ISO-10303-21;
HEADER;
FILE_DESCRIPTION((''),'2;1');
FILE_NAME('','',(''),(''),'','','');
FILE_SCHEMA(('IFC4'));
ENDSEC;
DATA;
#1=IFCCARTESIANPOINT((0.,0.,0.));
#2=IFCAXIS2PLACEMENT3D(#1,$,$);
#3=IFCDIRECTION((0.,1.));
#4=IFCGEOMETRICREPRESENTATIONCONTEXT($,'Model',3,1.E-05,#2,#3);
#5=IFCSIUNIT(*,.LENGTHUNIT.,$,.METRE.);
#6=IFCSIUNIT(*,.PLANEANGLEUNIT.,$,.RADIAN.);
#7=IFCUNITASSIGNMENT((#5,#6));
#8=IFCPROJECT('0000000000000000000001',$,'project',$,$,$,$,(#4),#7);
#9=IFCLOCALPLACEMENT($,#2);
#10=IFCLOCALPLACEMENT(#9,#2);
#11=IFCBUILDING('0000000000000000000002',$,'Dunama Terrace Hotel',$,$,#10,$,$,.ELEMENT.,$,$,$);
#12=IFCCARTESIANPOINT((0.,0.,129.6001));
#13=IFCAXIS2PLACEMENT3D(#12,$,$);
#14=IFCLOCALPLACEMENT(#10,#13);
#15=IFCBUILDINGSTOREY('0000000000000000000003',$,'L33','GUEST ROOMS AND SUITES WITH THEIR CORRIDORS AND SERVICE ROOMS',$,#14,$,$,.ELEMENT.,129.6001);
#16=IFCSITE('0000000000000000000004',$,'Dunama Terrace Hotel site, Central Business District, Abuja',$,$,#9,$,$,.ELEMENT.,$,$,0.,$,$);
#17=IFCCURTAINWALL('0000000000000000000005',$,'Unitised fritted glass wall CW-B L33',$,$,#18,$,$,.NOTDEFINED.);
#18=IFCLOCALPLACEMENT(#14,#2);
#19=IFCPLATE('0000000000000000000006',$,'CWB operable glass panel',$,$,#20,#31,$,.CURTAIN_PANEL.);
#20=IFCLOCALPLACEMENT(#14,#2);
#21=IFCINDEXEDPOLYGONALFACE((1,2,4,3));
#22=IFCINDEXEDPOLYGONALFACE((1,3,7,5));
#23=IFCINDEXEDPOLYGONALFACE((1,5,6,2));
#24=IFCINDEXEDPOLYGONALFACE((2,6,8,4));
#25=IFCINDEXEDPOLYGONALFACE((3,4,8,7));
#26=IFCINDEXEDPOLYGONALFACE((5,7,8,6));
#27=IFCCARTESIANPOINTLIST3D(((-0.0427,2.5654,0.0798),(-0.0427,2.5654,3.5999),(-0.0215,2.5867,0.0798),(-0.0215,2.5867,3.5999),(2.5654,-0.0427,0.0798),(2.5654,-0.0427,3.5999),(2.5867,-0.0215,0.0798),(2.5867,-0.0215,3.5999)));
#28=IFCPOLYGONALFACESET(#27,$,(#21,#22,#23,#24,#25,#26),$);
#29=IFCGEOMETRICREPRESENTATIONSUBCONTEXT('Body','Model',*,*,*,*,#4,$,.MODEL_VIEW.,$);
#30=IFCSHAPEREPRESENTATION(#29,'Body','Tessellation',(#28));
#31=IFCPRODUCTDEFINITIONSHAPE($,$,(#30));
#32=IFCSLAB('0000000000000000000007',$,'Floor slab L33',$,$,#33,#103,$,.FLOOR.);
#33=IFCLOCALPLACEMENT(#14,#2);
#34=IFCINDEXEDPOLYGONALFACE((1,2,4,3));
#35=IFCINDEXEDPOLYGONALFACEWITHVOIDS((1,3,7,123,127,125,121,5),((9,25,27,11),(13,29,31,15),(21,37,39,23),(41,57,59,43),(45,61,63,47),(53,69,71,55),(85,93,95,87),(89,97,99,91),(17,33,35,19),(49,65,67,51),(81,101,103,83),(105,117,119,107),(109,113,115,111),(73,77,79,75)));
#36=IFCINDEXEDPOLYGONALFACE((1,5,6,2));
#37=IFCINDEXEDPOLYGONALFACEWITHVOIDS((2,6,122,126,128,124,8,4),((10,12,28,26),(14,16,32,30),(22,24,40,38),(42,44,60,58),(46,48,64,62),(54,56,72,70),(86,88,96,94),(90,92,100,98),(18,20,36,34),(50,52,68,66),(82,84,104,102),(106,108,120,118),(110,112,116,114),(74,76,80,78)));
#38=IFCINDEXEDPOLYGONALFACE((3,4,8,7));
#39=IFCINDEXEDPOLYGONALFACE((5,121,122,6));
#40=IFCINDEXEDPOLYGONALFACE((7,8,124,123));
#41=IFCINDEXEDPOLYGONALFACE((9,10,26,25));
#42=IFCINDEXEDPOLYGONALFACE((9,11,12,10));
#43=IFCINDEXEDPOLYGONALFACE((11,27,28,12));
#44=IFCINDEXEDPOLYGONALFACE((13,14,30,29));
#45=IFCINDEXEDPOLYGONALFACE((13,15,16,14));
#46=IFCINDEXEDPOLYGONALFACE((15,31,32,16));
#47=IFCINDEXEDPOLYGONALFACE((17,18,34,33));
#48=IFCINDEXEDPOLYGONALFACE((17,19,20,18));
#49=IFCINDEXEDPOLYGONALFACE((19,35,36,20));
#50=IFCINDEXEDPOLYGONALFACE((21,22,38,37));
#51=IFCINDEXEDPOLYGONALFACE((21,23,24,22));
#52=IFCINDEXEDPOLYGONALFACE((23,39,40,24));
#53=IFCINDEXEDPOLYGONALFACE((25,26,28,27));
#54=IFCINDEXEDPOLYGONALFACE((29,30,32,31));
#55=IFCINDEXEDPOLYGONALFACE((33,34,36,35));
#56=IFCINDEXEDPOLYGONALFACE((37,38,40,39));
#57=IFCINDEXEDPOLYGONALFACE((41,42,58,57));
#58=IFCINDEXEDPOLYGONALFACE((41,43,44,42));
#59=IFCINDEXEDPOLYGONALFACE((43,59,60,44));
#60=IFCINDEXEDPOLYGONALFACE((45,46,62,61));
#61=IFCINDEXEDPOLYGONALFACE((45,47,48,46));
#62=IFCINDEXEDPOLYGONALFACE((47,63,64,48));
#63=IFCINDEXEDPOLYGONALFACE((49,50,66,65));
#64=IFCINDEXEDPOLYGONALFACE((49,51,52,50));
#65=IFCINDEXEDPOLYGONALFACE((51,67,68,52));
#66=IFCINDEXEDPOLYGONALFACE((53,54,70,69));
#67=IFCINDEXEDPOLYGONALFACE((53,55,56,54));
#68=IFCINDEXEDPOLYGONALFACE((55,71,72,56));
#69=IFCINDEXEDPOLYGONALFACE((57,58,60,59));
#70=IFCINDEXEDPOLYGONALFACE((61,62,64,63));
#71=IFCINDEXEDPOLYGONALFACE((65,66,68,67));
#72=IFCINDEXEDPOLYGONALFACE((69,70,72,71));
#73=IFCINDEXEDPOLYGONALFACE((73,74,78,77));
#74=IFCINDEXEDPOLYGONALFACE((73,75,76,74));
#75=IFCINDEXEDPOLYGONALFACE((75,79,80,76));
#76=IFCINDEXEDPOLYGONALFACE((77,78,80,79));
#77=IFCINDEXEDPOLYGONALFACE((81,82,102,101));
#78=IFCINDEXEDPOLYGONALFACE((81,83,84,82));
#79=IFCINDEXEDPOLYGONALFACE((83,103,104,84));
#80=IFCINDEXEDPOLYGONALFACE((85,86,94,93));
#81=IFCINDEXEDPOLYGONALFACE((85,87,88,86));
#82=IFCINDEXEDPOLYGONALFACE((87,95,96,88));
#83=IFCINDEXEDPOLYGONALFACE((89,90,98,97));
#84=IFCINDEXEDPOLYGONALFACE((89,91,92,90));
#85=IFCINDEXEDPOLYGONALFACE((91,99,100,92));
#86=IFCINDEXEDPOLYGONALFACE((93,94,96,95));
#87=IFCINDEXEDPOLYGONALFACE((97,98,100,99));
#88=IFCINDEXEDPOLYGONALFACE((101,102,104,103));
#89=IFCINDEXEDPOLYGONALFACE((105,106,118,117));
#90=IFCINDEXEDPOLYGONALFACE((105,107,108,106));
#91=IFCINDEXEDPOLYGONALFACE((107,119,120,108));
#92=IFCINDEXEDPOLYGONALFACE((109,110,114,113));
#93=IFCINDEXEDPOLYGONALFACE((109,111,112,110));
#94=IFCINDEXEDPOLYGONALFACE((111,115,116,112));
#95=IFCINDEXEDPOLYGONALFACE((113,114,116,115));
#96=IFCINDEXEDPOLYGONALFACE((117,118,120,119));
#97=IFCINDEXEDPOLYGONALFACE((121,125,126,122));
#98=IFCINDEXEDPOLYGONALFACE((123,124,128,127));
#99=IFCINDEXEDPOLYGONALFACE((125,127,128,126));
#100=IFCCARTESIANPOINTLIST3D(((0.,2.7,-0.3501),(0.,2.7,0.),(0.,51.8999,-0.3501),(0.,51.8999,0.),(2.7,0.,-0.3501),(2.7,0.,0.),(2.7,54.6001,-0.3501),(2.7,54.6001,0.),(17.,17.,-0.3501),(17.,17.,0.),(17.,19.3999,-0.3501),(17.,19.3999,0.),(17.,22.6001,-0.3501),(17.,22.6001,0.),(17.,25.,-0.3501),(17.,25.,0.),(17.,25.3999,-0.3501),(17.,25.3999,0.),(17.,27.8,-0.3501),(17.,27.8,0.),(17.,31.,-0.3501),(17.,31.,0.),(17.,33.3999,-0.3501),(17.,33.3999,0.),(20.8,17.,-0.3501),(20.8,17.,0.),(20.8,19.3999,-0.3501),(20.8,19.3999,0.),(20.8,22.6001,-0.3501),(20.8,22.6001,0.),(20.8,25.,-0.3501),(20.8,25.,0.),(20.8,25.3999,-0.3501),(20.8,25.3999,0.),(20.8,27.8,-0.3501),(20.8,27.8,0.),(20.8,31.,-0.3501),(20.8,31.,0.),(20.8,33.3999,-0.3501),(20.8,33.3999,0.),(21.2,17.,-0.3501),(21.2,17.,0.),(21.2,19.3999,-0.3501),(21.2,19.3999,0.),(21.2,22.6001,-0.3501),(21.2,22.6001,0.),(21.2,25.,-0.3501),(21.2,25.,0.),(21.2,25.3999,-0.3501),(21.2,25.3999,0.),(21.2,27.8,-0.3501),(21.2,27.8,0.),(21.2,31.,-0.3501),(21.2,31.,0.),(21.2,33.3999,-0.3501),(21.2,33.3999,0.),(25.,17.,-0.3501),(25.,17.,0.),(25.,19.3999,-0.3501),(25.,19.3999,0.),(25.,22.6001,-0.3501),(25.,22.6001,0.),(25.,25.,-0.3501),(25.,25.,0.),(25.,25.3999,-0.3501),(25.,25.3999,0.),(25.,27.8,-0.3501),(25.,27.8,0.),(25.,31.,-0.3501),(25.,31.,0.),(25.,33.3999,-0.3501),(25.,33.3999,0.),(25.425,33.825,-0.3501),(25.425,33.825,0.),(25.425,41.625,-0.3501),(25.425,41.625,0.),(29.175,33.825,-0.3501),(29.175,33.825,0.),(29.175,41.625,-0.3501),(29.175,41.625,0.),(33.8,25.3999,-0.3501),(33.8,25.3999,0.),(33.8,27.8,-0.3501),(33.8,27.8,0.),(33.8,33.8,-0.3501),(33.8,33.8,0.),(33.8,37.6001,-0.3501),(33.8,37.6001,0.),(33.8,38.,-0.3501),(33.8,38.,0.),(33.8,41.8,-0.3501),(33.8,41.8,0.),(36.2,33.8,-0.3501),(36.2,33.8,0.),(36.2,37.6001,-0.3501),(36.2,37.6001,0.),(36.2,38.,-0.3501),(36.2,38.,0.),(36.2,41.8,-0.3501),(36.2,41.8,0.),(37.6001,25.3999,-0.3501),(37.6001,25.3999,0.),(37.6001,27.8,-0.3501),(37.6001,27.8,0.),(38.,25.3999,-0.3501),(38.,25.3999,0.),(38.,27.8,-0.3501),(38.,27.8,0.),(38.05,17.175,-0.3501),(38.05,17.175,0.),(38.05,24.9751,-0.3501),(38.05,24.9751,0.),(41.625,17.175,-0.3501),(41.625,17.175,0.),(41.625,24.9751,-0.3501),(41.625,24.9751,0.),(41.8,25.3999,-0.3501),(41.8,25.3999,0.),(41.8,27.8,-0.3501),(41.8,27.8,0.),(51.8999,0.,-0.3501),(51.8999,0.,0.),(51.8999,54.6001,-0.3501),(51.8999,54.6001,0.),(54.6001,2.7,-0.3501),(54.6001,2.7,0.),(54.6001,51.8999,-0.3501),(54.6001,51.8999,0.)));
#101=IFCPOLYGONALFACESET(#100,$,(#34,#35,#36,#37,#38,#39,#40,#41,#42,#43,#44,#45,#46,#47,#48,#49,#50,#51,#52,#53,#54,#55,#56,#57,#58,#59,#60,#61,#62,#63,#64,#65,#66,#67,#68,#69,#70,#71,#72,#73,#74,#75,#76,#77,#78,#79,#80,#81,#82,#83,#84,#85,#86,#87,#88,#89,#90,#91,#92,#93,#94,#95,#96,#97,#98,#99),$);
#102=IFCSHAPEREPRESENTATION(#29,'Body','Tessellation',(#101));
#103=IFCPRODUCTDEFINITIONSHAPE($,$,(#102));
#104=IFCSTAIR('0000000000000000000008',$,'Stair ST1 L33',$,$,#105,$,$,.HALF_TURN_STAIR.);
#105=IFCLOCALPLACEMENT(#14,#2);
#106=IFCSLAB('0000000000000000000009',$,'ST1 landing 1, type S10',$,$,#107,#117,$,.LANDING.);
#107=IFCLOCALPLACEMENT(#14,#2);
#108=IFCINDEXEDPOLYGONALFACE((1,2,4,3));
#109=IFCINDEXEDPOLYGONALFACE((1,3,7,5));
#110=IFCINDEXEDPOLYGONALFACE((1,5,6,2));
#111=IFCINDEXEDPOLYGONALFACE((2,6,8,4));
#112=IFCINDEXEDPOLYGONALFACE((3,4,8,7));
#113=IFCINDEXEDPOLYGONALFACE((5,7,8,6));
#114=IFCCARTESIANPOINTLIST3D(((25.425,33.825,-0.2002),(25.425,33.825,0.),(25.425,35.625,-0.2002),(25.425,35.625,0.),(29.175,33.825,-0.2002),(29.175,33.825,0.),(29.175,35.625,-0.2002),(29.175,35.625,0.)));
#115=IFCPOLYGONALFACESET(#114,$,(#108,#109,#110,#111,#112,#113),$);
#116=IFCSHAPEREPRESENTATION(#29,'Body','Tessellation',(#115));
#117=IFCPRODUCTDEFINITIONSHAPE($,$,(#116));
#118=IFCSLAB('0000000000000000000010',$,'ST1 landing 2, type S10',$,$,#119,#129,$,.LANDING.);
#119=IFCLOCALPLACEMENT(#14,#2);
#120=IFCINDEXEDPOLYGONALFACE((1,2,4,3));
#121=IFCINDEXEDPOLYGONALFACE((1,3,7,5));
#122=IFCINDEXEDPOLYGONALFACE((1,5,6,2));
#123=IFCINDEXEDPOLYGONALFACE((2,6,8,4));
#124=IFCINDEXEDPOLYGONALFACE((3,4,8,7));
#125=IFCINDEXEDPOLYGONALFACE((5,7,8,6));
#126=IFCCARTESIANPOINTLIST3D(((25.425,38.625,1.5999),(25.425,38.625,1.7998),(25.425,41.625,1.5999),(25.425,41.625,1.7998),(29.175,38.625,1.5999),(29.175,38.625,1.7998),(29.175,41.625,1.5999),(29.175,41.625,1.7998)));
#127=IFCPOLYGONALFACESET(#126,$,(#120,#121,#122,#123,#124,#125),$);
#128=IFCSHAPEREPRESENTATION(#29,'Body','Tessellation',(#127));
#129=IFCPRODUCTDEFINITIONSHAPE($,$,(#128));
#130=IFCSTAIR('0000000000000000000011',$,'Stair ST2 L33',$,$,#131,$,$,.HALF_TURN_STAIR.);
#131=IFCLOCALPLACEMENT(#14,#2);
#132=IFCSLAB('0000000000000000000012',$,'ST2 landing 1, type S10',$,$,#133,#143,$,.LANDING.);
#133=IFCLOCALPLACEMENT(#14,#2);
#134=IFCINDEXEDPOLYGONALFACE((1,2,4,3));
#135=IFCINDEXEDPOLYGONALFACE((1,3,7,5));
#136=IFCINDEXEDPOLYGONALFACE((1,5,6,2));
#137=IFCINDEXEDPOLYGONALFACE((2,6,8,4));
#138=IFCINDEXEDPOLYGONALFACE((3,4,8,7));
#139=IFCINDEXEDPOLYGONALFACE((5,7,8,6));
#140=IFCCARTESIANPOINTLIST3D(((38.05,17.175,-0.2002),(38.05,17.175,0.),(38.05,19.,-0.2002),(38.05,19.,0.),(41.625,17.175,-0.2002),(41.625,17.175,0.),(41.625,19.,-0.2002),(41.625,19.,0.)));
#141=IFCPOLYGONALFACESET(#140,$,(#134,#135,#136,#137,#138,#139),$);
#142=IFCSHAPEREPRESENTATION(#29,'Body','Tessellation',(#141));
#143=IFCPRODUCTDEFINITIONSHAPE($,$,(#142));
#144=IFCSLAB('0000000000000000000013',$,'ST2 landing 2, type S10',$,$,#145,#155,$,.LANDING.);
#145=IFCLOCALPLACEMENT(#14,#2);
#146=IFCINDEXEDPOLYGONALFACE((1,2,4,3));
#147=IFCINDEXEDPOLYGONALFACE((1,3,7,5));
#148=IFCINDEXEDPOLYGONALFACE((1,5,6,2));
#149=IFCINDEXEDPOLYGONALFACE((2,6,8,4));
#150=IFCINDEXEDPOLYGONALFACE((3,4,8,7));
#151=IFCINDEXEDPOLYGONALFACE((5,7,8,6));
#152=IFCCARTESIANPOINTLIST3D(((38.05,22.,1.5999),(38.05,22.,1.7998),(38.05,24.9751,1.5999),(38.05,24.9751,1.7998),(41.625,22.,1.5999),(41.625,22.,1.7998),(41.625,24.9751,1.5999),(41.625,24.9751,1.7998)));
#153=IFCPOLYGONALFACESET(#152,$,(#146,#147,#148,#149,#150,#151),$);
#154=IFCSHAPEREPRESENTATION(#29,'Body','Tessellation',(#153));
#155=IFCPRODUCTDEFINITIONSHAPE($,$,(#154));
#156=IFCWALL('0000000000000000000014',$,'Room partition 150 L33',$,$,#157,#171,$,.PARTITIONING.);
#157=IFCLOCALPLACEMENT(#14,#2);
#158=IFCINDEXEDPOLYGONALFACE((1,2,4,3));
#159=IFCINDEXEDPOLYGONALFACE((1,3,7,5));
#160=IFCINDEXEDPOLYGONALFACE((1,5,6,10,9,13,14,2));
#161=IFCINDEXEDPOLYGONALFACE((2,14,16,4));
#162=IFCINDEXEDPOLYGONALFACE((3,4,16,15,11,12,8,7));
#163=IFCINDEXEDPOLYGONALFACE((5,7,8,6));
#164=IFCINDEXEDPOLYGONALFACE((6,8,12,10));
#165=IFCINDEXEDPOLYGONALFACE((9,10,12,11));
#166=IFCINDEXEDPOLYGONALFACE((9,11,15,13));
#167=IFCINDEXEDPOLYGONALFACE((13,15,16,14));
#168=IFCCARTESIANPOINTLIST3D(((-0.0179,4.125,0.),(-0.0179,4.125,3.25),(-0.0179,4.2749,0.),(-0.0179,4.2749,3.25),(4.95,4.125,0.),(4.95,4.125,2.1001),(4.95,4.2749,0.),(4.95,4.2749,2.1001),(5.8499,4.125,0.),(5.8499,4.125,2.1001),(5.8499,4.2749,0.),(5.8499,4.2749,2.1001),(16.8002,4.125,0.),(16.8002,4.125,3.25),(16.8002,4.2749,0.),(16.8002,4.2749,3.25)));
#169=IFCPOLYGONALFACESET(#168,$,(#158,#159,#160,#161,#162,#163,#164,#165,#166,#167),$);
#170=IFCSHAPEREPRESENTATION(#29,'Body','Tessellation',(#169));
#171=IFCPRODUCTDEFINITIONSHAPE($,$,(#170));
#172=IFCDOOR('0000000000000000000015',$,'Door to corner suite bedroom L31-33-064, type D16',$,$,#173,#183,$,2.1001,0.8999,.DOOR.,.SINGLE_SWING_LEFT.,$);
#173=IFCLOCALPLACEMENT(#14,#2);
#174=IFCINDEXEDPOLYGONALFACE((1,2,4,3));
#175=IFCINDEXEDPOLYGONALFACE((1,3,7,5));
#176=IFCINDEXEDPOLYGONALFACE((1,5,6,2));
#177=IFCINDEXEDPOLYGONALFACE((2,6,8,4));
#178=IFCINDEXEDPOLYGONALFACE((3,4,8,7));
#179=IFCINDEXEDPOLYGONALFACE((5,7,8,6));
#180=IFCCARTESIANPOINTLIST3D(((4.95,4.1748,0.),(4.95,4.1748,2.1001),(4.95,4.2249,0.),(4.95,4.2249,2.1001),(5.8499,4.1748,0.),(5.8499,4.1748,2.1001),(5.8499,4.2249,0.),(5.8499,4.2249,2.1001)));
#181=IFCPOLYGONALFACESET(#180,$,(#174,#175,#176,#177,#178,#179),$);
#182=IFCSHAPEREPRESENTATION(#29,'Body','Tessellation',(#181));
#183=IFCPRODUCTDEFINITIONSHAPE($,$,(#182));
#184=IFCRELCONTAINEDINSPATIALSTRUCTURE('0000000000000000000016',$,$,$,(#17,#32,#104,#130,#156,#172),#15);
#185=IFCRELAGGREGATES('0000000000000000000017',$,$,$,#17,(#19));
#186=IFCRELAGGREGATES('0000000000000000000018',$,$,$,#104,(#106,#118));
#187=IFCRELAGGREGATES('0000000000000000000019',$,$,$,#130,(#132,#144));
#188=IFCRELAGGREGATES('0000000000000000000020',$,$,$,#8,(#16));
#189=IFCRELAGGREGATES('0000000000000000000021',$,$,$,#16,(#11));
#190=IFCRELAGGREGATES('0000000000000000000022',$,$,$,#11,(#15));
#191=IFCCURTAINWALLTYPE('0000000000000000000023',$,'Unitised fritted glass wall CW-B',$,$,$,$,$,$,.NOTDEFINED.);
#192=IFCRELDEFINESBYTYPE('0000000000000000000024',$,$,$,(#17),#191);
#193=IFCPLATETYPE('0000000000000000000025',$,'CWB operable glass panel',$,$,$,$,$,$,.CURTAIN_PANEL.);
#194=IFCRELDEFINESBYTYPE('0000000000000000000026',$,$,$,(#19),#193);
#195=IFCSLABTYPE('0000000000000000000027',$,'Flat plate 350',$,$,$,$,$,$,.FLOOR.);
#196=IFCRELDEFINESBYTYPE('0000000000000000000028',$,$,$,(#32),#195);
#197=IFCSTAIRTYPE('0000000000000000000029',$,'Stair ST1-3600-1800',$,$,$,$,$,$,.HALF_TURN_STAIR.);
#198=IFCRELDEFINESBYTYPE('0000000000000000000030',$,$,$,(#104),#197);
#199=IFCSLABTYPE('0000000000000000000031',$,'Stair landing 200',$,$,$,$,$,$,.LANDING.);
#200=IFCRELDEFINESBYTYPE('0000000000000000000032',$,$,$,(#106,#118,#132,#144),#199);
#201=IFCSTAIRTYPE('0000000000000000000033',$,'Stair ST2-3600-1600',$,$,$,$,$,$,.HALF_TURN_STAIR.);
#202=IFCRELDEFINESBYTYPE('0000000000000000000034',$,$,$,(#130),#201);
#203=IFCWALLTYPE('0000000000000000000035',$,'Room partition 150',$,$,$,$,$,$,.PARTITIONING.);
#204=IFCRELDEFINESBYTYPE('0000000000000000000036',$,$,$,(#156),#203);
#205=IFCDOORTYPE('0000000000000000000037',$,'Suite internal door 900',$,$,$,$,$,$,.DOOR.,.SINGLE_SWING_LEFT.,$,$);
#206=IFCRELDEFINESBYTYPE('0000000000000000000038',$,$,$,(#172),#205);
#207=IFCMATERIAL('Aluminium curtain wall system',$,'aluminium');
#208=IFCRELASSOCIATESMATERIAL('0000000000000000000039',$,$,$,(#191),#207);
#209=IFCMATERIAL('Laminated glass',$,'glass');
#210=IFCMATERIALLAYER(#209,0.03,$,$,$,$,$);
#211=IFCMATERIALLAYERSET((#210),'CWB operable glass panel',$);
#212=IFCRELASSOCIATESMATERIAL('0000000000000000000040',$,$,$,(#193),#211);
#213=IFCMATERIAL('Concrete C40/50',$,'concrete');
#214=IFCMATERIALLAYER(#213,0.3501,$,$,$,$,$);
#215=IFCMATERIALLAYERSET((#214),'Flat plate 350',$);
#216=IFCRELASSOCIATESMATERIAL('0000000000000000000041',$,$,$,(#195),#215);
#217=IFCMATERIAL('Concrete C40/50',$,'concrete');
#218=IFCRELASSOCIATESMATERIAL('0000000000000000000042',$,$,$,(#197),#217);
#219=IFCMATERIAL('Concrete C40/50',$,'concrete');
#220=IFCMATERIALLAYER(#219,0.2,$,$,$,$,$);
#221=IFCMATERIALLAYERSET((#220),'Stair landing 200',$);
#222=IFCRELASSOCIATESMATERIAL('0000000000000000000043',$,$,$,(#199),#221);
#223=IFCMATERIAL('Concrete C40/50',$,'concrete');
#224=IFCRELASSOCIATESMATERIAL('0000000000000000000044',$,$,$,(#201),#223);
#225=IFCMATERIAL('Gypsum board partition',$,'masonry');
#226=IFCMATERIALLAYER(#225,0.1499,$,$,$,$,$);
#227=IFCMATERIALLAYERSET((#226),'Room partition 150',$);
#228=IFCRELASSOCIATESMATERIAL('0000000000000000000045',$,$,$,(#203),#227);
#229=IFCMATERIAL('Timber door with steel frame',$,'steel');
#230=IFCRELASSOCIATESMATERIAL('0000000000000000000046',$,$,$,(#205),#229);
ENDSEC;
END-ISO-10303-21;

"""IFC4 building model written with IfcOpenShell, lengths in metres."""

from ifc_helpers import new_model, si_unit, direction, frame, frame_2d, origin, origin_2d, place, context, subcontext, project, spatial, polyline, rectangle, outline, extrude, material, layer, layer_set, type_object, element, fill, aggregate, save


model = new_model("IFC4")

# Units and contexts
model_context = context("Model", 3, precision=1e-05, world=origin(), true_north=direction((0.0, 1.0)))
body_context = subcontext(model_context, "Body", "Model", "MODEL_VIEW")
ifc_project = project(units=[si_unit("LENGTHUNIT", "METRE"), si_unit("PLANEANGLEUNIT", "RADIAN")], contexts=[model_context])

# Site, building, storey
site_placement = place(None, origin())
site = spatial("IfcSite", under=ifc_project, at=site_placement, Name="Dunama Terrace Hotel site, Central Business District, Abuja", CompositionType="ELEMENT", RefElevation=0.0)
building_placement = place(site_placement, origin())
building = spatial("IfcBuilding", under=site, at=building_placement, Name="Dunama Terrace Hotel", CompositionType="ELEMENT")
storey_placement = place(building_placement, frame((0.0, 0.0, 129.6001)))
storey = spatial("IfcBuildingStorey", under=building, at=storey_placement, Name="L33", Description="GUEST ROOMS AND SUITES WITH THEIR CORRIDORS AND SERVICE ROOMS", CompositionType="ELEMENT", Elevation=129.6001)

# Curtain wall
ifc_material_1 = material(Name="Aluminium curtain wall system", Category="aluminium")
curtain_wall_type = type_object("IfcCurtainWallType", Name="Unitised fritted glass wall CW-B", PredefinedType="NOTDEFINED", material=ifc_material_1)
curtain_wall_1_placement = place(storey_placement, origin())
curtain_wall_1 = element("IfcCurtainWall", 1, at=curtain_wall_1_placement, inside=storey, type_object=curtain_wall_type, Name="Unitised fritted glass wall CW-B L33", PredefinedType="NOTDEFINED")

# Plate
ifc_material_2 = material(Name="Laminated glass", Category="glass")
ifc_layer_1 = layer(ifc_material_2, 0.03)
ifc_layer_set_1 = layer_set([ifc_layer_1], Name="CWB operable glass panel")
plate_type_1 = type_object("IfcPlateType", Name="CWB operable glass panel", PredefinedType="CURTAIN_PANEL", material=ifc_layer_set_1)
plate_1_placement = place(storey_placement, frame((1.272, 1.272, 0.0798), z_axis=(0.0, 0.0, 1.0), x_axis=(0.707107, -0.707107, 0.0)))
plate_1 = element("IfcPlate", 2, at=plate_1_placement, type_object=plate_type_1, Name="CWB operable glass panel", PredefinedType="CURTAIN_PANEL", context=body_context, shape_type="SweptSolid", body=[
    extrude(rectangle(XDim=3.6885, YDim=0.03, at=origin_2d()), origin(), (0.0, 0.0, 1.0), 3.52),
])
aggregate(curtain_wall_1, [plate_1])

# Slab
ifc_material_3 = material(Name="Concrete C40/50", Category="concrete")
ifc_layer_2 = layer(ifc_material_3, 0.3501)
ifc_layer_set_2 = layer_set([ifc_layer_2], Name="Flat plate 350")
slab_type_1 = type_object("IfcSlabType", Name="Flat plate 350", PredefinedType="FLOOR", material=ifc_layer_set_2)
slab_1_placement = place(storey_placement, frame((0.0, 0.0, -0.3501)))
element("IfcSlab", 3, at=slab_1_placement, inside=storey, type_object=slab_type_1, Name="Floor slab L33", PredefinedType="FLOOR", context=body_context, shape_type="SweptSolid", body=[
    extrude(outline(polyline([(2.7, 0.0), (51.8999, 0.0), (54.6001, 2.7), (54.6001, 51.8999), (51.8999, 54.6001), (2.7, 54.6001), (0.0, 51.8999), (0.0, 2.7), (2.7, 0.0)]), holes=[polyline([(37.6001, 25.3999), (37.6001, 27.8), (33.8, 27.8), (33.8, 25.3999), (37.6001, 25.3999)]), polyline([(41.8, 25.3999), (41.8, 27.8), (38.0, 27.8), (38.0, 25.3999), (41.8, 25.3999)]), polyline([(20.8, 17.0), (20.8, 19.3999), (17.0, 19.3999), (17.0, 17.0), (20.8, 17.0)]), polyline([(25.0, 17.0), (25.0, 19.3999), (21.2, 19.3999), (21.2, 17.0), (25.0, 17.0)]), polyline([(20.8, 22.6001), (20.8, 25.0), (17.0, 25.0), (17.0, 22.6001), (20.8, 22.6001)]), polyline([(25.0, 22.6001), (25.0, 25.0), (21.2, 25.0), (21.2, 22.6001), (25.0, 22.6001)]), polyline([(20.8, 25.3999), (20.8, 27.8), (17.0, 27.8), (17.0, 25.3999), (20.8, 25.3999)]), polyline([(25.0, 25.3999), (25.0, 27.8), (21.2, 27.8), (21.2, 25.3999), (25.0, 25.3999)]), polyline([(20.8, 31.0), (20.8, 33.3999), (17.0, 33.3999), (17.0, 31.0), (20.8, 31.0)]), polyline([(25.0, 31.0), (25.0, 33.3999), (21.2, 33.3999), (21.2, 31.0), (25.0, 31.0)]), polyline([(36.2, 38.0), (36.2, 41.8), (33.8, 41.8), (33.8, 38.0), (36.2, 38.0)]), polyline([(36.2, 33.8), (36.2, 37.6001), (33.8, 37.6001), (33.8, 33.8), (36.2, 33.8)]), polyline([(29.175, 33.825), (29.175, 41.625), (25.425, 41.625), (25.425, 33.825), (29.175, 33.825)]), polyline([(41.625, 17.175), (41.625, 24.9751), (38.05, 24.9751), (38.05, 17.175), (41.625, 17.175)])]), origin(), (0.0, 0.0, 1.0), 0.3501),
])

# Stairs, slabs
ifc_material_4 = material(Name="Concrete C40/50", Category="concrete")
stair_type_1 = type_object("IfcStairType", Name="Stair ST1-3600-1800", PredefinedType="HALF_TURN_STAIR", material=ifc_material_4)
stair_1_placement = place(storey_placement, origin())
stair_1 = element("IfcStair", 4, at=stair_1_placement, inside=storey, type_object=stair_type_1, Name="Stair ST1 L33", PredefinedType="HALF_TURN_STAIR")
ifc_material_5 = material(Name="Concrete C40/50", Category="concrete")
ifc_layer_3 = layer(ifc_material_5, 0.2)
ifc_layer_set_3 = layer_set([ifc_layer_3], Name="Stair landing 200")
slab_type_2 = type_object("IfcSlabType", Name="Stair landing 200", PredefinedType="LANDING", material=ifc_layer_set_3)
slab_2_placement = place(storey_placement, frame((0.0, 0.0, -0.2002)))
slab_2 = element("IfcSlab", 5, at=slab_2_placement, type_object=slab_type_2, Name="ST1 landing 1, type S10", PredefinedType="LANDING", context=body_context, shape_type="SweptSolid", body=[
    extrude(outline(polyline([(25.425, 33.825), (29.175, 33.825), (29.175, 35.625), (25.425, 35.625), (25.425, 33.825)])), origin(), (0.0, 0.0, 1.0), 0.2002),
])
slab_3_placement = place(storey_placement, frame((0.0, 0.0, 1.5999)))
slab_3 = element("IfcSlab", 6, at=slab_3_placement, type_object=slab_type_2, Name="ST1 landing 2, type S10", PredefinedType="LANDING", context=body_context, shape_type="SweptSolid", body=[
    extrude(outline(polyline([(25.425, 38.625), (29.175, 38.625), (29.175, 41.625), (25.425, 41.625), (25.425, 38.625)])), origin(), (0.0, 0.0, 1.0), 0.2),
])
aggregate(stair_1, [slab_2, slab_3])
ifc_material_6 = material(Name="Concrete C40/50", Category="concrete")
stair_type_2 = type_object("IfcStairType", Name="Stair ST2-3600-1600", PredefinedType="HALF_TURN_STAIR", material=ifc_material_6)
stair_2_placement = place(storey_placement, origin())
stair_2 = element("IfcStair", 7, at=stair_2_placement, inside=storey, type_object=stair_type_2, Name="Stair ST2 L33", PredefinedType="HALF_TURN_STAIR")
slab_4_placement = place(storey_placement, frame((0.0, 0.0, -0.2002)))
slab_4 = element("IfcSlab", 8, at=slab_4_placement, type_object=slab_type_2, Name="ST2 landing 1, type S10", PredefinedType="LANDING", context=body_context, shape_type="SweptSolid", body=[
    extrude(outline(polyline([(38.05, 17.175), (41.625, 17.175), (41.625, 19.0), (38.05, 19.0), (38.05, 17.175)])), origin(), (0.0, 0.0, 1.0), 0.2002),
])
slab_5_placement = place(storey_placement, frame((0.0, 0.0, 1.5999)))
slab_5 = element("IfcSlab", 9, at=slab_5_placement, type_object=slab_type_2, Name="ST2 landing 2, type S10", PredefinedType="LANDING", context=body_context, shape_type="SweptSolid", body=[
    extrude(outline(polyline([(38.05, 22.0), (41.625, 22.0), (41.625, 24.9751), (38.05, 24.9751), (38.05, 22.0)])), origin(), (0.0, 0.0, 1.0), 0.2),
])
aggregate(stair_2, [slab_4, slab_5])

# Wall, opening, door
ifc_material_7 = material(Name="Gypsum board partition", Category="masonry")
ifc_layer_4 = layer(ifc_material_7, 0.1499)
ifc_layer_set_4 = layer_set([ifc_layer_4], Name="Room partition 150")
wall_type = type_object("IfcWallType", Name="Room partition 150", PredefinedType="PARTITIONING", material=ifc_layer_set_4)
wall_placement = place(storey_placement, frame((-0.0181, 4.2, 0.0), z_axis=(0.0, 0.0, 1.0), x_axis=(1.0, 0.0, 0.0)))
wall = element("IfcWall", 10, at=wall_placement, inside=storey, type_object=wall_type, Name="Room partition 150 L33", PredefinedType="PARTITIONING", context=body_context, shape_type="SweptSolid", body=[
    extrude(rectangle(XDim=16.8181, YDim=0.1499, at=frame_2d((8.4092, 0.0))), origin(), (0.0, 0.0, 1.0), 3.25),
])
opening_placement = place(wall_placement, frame((4.968, 0.0, 0.0)))
opening = element("IfcOpeningElement", 11, at=opening_placement, cuts=wall, PredefinedType="OPENING", context=body_context, shape_type="SweptSolid", body=[
    extrude(rectangle(XDim=0.8999, YDim=2.1001, at=frame_2d((0.45, 1.05))), frame((0.0, 0.085, 0.0), z_axis=(0.0, -1.0, 0.0), x_axis=(1.0, 0.0, 0.0)), (0.0, 0.0, 1.0), 0.1699),
])
ifc_material_8 = material(Name="Timber door with steel frame", Category="steel")
door_type = type_object("IfcDoorType", Name="Suite internal door 900", OperationType="SINGLE_SWING_LEFT", PredefinedType="DOOR", material=ifc_material_8)
door_placement = place(opening_placement, frame((0.8999, 0.0, 0.0), z_axis=(0.0, 0.0, 1.0), x_axis=(-1.0, 0.0, 0.0)))
door = element("IfcDoor", 12, at=door_placement, inside=storey, type_object=door_type, Name="Door to corner suite bedroom L31-33-064, type D16", OperationType="SINGLE_SWING_LEFT", OverallHeight=2.1001, OverallWidth=0.8999, PredefinedType="DOOR", context=body_context, shape_type="SweptSolid", body=[
    extrude(rectangle(XDim=0.8999, YDim=2.1001, at=frame_2d((0.45, 1.05))), frame((0.0, 0.0251, 0.0), z_axis=(0.0, -1.0, 0.0), x_axis=(1.0, 0.0, 0.0)), (0.0, 0.0, 1.0), 0.05),
])
fill(opening, door)

save(model, "model.ifc")
